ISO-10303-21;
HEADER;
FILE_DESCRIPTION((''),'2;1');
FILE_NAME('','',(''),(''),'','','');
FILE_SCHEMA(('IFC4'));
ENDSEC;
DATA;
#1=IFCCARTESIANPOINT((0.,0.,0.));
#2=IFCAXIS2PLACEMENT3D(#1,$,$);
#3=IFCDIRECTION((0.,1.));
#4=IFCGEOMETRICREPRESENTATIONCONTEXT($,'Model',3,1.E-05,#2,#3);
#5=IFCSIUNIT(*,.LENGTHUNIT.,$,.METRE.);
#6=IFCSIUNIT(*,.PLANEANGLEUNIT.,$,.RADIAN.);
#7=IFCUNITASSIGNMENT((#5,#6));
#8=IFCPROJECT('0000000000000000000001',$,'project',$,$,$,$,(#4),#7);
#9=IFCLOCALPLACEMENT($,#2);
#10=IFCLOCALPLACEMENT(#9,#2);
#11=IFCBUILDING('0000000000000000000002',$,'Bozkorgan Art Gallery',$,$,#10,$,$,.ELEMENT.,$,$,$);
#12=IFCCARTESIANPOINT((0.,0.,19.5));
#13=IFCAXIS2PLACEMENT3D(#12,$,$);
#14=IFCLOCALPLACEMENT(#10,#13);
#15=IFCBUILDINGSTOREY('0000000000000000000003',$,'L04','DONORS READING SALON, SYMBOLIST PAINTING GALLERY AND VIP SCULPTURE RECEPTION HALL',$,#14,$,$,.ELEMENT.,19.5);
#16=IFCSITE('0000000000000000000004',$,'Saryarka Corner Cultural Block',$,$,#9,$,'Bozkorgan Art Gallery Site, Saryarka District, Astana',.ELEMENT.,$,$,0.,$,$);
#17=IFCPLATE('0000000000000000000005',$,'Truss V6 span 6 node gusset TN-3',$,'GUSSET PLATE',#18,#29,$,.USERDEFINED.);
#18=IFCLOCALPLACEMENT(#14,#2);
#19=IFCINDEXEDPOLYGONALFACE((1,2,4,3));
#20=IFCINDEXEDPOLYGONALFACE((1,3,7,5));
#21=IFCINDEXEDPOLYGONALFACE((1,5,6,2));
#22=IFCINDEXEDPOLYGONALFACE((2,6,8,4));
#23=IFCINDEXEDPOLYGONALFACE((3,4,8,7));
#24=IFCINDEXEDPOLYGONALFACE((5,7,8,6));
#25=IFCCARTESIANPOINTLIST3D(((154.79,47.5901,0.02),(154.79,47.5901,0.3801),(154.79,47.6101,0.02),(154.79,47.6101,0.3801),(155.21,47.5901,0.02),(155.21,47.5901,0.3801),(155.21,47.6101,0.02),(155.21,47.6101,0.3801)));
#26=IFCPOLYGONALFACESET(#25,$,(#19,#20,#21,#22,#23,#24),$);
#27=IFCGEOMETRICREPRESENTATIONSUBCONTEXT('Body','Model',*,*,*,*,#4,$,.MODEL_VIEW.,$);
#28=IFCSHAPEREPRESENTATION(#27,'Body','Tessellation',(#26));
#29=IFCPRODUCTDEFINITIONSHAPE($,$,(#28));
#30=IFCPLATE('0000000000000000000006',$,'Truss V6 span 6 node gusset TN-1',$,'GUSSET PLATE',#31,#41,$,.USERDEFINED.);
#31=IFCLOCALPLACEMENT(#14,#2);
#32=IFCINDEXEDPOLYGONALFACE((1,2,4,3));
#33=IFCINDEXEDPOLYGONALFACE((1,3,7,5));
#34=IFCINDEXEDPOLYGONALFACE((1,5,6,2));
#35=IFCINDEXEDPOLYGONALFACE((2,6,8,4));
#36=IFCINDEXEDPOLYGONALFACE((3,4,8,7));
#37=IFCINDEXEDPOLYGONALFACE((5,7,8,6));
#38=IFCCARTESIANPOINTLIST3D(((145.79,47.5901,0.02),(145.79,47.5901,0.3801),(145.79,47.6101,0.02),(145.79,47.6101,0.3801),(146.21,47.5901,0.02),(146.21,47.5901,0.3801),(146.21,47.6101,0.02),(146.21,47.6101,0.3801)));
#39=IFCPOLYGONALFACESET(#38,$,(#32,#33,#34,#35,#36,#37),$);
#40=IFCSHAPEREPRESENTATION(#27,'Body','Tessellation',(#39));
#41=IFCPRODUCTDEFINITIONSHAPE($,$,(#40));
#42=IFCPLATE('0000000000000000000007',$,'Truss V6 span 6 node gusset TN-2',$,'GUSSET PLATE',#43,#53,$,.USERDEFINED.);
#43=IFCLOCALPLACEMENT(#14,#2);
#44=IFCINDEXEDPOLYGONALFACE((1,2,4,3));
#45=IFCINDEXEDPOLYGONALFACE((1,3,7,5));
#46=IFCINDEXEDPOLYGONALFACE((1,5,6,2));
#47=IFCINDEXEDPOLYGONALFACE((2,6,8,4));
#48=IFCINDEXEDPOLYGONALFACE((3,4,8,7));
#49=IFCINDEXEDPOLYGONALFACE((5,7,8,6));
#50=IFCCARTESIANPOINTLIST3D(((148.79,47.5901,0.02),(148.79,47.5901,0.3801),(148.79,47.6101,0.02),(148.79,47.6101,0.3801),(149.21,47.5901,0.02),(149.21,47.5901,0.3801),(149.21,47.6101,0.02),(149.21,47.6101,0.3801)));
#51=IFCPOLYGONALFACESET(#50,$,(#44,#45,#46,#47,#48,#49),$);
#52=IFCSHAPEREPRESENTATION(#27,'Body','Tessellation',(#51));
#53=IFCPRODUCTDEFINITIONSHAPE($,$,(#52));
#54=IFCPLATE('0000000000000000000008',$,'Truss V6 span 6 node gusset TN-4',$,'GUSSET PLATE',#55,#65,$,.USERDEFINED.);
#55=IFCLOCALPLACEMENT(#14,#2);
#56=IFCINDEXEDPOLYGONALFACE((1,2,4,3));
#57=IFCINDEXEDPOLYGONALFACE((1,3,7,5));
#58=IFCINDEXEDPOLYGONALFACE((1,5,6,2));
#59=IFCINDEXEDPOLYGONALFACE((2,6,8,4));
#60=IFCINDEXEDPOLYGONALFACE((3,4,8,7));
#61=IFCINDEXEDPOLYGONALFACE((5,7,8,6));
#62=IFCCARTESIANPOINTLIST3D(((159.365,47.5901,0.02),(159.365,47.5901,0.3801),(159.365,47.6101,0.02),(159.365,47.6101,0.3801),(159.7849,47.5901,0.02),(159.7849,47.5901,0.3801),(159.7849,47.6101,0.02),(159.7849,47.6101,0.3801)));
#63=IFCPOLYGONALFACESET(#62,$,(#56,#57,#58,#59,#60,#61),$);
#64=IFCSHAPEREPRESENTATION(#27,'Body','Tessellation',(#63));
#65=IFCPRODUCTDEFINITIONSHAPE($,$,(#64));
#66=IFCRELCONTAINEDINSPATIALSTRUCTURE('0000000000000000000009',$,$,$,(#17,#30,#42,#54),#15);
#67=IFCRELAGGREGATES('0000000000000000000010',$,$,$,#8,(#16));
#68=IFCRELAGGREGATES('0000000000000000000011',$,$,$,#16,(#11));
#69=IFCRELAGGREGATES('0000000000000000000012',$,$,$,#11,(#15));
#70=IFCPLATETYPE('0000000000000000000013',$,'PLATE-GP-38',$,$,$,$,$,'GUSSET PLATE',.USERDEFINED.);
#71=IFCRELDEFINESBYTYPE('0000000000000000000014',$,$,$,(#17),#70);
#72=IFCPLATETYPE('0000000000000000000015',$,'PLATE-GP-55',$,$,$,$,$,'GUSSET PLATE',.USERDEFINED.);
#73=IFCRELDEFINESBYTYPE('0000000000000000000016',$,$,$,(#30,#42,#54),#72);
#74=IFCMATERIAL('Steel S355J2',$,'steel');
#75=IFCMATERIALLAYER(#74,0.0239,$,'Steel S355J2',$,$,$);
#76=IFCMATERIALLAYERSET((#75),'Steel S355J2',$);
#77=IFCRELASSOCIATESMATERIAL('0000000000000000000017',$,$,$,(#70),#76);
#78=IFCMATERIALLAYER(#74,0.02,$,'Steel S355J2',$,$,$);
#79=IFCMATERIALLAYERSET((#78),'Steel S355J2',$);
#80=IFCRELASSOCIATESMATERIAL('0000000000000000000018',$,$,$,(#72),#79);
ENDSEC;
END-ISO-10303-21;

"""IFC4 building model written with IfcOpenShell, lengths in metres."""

from ifc_helpers import new_model, si_unit, direction, frame, origin, origin_2d, place, context, subcontext, project, spatial, rectangle, extrude, material, layer, layer_set, type_object, element, save


model = new_model("IFC4")

# Units and contexts
model_context = context("Model", 3, precision=1e-05, world=origin(), true_north=direction((0.0, 1.0)))
body_context = subcontext(model_context, "Body", "Model", "MODEL_VIEW")
ifc_project = project(units=[si_unit("LENGTHUNIT", "METRE"), si_unit("PLANEANGLEUNIT", "RADIAN")], contexts=[model_context])

# Site, building, storey
site_placement = place(None, origin())
site = spatial("IfcSite", under=ifc_project, at=site_placement, Name="Saryarka Corner Cultural Block", LongName="Bozkorgan Art Gallery Site, Saryarka District, Astana", CompositionType="ELEMENT", RefElevation=0.0)
building_placement = place(site_placement, origin())
building = spatial("IfcBuilding", under=site, at=building_placement, Name="Bozkorgan Art Gallery", CompositionType="ELEMENT")
storey_placement = place(building_placement, frame((0.0, 0.0, 19.5)))
storey = spatial("IfcBuildingStorey", under=building, at=storey_placement, Name="L04", Description="DONORS READING SALON, SYMBOLIST PAINTING GALLERY AND VIP SCULPTURE RECEPTION HALL", CompositionType="ELEMENT", Elevation=19.5)

# Shared definitions
ifc_material = material(Name="Steel S355J2", Category="steel")

# Plates
ifc_layer_1 = layer(ifc_material, 0.0239, Name="Steel S355J2")
ifc_layer_set_1 = layer_set([ifc_layer_1], Name="Steel S355J2")
plate_type_1 = type_object("IfcPlateType", Name="PLATE-GP-38", ElementType="GUSSET PLATE", PredefinedType="USERDEFINED", material=ifc_layer_set_1)
plate_placement = place(storey_placement, frame((155.0, 47.6001, 0.02), z_axis=(0.0, 0.0, 1.0), x_axis=(1.0, 0.0, 0.0)))
element("IfcPlate", 1, at=plate_placement, inside=storey, type_object=plate_type_1, Name="Truss V6 span 6 node gusset TN-3", ObjectType="GUSSET PLATE", PredefinedType="USERDEFINED", context=body_context, shape_type="SweptSolid", body=[
    extrude(rectangle(XDim=0.4199, YDim=0.02, at=origin_2d()), origin(), (0.0, 0.0, 1.0), 0.3601),
])
ifc_layer_2 = layer(ifc_material, 0.02, Name="Steel S355J2")
ifc_layer_set_2 = layer_set([ifc_layer_2], Name="Steel S355J2")
plate_type_2 = type_object("IfcPlateType", Name="PLATE-GP-55", ElementType="GUSSET PLATE", PredefinedType="USERDEFINED", material=ifc_layer_set_2)
for number, where, z_axis, x_axis, name in (
    (2, (146.0, 47.6001, 0.02), (0.0, 0.0, 1.0), (1.0, 0.0, 0.0), "Truss V6 span 6 node gusset TN-1"),
    (3, (149.0, 47.6001, 0.02), (0.0, 0.0, 1.0), (1.0, 0.0, 0.0), "Truss V6 span 6 node gusset TN-2"),
    (4, (159.575, 47.6001, 0.02), (0.0, 0.0, 1.0), (1.0, 0.0, 0.0), "Truss V6 span 6 node gusset TN-4"),
):
    element("IfcPlate", number, at=place(storey_placement, frame(where, z_axis=z_axis, x_axis=x_axis)), inside=storey, type_object=plate_type_2, Name=name, ObjectType="GUSSET PLATE", PredefinedType="USERDEFINED", context=body_context, shape_type="SweptSolid", body=[
        extrude(rectangle(XDim=0.4199, YDim=0.02, at=origin_2d()), origin(), (0.0, 0.0, 1.0), 0.3601),
    ])

save(model, "model.ifc")
